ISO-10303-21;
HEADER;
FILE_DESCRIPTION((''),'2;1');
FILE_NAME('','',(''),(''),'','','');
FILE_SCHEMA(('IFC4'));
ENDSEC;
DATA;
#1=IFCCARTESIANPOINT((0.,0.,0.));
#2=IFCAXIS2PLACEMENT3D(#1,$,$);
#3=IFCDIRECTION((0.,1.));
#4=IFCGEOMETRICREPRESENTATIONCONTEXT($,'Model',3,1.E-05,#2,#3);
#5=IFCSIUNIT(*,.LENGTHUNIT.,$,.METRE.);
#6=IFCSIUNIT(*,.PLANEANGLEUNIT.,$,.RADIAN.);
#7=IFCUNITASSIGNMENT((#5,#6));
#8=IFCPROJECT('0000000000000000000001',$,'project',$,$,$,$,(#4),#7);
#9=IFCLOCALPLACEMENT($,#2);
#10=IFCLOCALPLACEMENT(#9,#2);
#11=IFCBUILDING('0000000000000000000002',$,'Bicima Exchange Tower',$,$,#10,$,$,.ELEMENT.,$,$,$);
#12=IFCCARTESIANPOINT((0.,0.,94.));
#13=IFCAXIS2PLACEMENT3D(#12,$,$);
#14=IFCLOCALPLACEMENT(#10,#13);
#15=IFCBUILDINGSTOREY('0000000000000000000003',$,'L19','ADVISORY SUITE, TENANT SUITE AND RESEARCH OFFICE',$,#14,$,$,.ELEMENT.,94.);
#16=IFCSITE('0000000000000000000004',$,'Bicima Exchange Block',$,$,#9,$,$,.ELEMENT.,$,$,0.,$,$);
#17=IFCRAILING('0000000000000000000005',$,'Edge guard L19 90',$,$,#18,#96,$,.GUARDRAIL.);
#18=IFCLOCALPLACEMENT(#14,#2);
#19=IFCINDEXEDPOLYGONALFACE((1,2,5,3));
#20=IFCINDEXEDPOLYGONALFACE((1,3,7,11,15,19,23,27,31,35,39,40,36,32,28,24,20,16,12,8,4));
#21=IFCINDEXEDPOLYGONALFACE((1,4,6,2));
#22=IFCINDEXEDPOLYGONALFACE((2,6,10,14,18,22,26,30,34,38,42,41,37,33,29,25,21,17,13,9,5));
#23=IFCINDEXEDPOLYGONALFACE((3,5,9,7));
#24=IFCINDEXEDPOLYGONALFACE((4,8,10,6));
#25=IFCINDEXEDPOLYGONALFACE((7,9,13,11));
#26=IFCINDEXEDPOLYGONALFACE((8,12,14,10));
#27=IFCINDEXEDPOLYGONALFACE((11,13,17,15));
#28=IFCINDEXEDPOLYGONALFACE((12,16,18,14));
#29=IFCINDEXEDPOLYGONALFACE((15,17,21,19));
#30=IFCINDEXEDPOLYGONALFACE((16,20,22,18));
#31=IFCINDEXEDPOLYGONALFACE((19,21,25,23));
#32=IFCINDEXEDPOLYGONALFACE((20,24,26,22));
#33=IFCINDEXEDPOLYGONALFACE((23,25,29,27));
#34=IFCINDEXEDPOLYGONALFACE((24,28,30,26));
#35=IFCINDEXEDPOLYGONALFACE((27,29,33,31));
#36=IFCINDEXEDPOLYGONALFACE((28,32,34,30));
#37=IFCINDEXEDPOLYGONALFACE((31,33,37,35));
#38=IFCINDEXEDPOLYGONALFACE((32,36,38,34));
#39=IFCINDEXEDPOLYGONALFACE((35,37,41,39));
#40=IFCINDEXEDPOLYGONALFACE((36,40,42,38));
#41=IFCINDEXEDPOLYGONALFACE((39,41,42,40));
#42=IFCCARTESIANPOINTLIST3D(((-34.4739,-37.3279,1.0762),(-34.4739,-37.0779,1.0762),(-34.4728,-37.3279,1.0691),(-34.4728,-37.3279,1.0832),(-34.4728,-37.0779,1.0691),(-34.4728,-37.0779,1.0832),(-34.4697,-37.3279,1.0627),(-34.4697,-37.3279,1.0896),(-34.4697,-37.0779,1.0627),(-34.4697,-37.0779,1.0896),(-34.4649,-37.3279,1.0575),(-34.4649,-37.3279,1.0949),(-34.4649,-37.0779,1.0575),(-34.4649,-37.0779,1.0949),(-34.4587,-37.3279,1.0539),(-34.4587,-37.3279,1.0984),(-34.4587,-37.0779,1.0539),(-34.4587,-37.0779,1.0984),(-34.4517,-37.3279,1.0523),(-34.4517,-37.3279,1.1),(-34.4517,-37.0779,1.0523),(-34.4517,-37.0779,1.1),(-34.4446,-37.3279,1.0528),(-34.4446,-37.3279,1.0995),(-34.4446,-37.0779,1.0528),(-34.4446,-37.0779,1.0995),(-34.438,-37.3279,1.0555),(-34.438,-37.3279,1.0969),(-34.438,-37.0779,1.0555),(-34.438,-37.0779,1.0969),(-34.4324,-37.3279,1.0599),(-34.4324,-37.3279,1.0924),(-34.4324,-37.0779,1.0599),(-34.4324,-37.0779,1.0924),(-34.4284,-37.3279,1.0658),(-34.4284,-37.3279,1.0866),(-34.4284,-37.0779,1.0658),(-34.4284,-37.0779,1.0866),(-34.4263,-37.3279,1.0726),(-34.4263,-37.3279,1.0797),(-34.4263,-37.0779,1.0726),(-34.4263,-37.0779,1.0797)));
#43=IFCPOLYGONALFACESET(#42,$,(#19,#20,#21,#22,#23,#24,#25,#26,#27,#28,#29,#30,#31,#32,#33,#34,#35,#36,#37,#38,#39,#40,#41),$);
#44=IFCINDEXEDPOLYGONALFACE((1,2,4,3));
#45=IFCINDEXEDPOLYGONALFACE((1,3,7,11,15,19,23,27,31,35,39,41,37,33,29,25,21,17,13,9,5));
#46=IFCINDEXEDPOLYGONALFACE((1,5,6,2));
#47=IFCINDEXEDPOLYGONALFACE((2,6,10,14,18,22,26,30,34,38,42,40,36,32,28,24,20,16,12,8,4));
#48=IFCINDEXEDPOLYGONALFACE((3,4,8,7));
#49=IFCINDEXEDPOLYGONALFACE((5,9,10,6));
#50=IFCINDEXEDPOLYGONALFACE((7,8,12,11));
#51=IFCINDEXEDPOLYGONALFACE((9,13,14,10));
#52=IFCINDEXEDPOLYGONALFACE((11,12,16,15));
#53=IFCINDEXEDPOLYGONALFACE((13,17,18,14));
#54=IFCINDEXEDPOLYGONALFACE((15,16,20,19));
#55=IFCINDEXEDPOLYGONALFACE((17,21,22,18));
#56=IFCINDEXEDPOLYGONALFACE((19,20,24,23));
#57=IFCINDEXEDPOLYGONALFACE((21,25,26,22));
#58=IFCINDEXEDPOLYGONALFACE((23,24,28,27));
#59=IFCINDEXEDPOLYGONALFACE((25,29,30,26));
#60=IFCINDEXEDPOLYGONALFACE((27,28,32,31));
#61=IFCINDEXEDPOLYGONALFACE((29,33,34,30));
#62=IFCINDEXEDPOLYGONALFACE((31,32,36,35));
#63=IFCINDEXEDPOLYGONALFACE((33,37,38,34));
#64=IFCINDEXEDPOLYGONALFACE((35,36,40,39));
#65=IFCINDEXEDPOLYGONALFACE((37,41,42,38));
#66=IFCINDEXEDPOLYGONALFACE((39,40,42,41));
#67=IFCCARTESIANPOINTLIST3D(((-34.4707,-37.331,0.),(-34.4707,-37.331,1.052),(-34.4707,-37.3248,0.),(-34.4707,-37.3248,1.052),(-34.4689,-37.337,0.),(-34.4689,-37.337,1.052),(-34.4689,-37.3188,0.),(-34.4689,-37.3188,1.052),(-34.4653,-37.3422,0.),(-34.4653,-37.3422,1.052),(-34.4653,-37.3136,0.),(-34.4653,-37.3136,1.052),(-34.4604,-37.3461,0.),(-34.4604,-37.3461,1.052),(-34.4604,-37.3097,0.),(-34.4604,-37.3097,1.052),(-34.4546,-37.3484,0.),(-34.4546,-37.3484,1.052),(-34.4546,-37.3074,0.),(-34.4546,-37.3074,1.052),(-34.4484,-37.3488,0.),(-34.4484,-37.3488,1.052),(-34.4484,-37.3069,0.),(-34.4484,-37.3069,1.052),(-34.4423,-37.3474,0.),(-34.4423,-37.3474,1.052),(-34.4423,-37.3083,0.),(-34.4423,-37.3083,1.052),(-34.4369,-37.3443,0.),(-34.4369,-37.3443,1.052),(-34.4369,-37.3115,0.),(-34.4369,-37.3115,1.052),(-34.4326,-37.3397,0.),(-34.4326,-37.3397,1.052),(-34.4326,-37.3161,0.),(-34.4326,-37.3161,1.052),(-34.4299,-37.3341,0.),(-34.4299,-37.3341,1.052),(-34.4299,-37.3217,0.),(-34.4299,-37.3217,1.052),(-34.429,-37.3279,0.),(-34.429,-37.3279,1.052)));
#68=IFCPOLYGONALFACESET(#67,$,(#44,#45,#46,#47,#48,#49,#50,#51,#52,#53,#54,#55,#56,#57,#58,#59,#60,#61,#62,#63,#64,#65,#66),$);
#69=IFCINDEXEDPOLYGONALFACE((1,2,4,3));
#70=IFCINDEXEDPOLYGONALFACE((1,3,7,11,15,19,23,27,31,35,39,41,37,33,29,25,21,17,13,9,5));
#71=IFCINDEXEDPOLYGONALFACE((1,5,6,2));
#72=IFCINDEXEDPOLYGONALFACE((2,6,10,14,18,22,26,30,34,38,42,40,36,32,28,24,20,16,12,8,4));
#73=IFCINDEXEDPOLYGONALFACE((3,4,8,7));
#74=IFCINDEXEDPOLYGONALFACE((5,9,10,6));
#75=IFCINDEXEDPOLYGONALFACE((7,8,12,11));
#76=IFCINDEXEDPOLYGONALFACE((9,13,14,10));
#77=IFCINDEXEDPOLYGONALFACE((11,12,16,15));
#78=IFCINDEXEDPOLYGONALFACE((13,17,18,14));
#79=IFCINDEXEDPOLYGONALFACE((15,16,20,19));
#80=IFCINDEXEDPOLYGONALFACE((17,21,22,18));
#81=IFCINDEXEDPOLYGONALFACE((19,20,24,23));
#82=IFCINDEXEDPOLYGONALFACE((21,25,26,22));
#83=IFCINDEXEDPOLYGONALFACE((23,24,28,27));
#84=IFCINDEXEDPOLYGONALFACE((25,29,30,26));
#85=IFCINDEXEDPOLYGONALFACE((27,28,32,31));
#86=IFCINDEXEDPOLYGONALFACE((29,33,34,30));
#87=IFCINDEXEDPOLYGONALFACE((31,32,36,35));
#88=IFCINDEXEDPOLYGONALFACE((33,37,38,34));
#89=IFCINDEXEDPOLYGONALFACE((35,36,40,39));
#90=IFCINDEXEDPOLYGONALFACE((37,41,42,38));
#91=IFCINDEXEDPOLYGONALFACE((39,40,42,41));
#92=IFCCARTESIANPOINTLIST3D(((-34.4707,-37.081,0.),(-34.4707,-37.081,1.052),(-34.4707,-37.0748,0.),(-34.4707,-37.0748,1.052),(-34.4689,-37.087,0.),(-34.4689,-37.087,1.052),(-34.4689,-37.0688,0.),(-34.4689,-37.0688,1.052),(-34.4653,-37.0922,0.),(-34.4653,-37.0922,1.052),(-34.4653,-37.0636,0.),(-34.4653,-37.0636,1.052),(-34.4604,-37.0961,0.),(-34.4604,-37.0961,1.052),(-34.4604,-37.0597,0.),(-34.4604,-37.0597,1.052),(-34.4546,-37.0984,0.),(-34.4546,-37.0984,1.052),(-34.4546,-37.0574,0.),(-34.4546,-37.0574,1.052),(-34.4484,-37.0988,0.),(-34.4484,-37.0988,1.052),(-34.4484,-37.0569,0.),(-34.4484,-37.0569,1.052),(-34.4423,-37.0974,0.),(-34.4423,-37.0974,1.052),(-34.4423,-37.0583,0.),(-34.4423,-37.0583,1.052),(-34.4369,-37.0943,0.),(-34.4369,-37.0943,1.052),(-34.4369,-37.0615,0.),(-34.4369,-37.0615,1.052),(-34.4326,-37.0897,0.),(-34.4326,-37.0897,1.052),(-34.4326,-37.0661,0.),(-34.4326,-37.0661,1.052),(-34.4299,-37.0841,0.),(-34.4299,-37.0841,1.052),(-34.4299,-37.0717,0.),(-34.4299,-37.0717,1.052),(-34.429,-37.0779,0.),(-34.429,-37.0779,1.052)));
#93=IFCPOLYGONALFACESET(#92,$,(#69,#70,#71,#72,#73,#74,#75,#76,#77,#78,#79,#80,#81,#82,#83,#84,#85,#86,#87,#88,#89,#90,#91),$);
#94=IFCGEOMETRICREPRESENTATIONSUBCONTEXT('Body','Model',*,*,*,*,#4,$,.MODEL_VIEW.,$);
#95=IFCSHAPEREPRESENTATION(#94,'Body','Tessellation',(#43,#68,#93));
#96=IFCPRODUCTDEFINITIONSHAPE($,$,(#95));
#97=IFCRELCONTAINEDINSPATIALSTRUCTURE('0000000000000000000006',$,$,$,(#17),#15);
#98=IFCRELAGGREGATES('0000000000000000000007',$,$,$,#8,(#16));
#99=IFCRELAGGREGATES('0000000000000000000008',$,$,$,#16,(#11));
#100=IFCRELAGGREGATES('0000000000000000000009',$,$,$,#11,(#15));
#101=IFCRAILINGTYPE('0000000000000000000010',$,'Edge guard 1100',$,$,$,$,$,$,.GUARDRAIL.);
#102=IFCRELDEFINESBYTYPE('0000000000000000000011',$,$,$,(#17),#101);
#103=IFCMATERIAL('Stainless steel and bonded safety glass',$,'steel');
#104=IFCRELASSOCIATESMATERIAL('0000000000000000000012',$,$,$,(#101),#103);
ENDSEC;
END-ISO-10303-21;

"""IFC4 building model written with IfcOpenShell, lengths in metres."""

from ifc_helpers import new_model, si_unit, direction, frame, origin, origin_2d, place, context, subcontext, project, spatial, circle, extrude, material, type_object, element, save


model = new_model("IFC4")

# Units and contexts
model_context = context("Model", 3, precision=1e-05, world=origin(), true_north=direction((0.0, 1.0)))
body_context = subcontext(model_context, "Body", "Model", "MODEL_VIEW")
ifc_project = project(units=[si_unit("LENGTHUNIT", "METRE"), si_unit("PLANEANGLEUNIT", "RADIAN")], contexts=[model_context])

# Site, building, storey
site_placement = place(None, origin())
site = spatial("IfcSite", under=ifc_project, at=site_placement, Name="Bicima Exchange Block", CompositionType="ELEMENT", RefElevation=0.0)
building_placement = place(site_placement, origin())
building = spatial("IfcBuilding", under=site, at=building_placement, Name="Bicima Exchange Tower", CompositionType="ELEMENT")
storey_placement = place(building_placement, frame((0.0, 0.0, 94.0)))
storey = spatial("IfcBuildingStorey", under=building, at=storey_placement, Name="L19", Description="ADVISORY SUITE, TENANT SUITE AND RESEARCH OFFICE", CompositionType="ELEMENT", Elevation=94.0)

# Railing
ifc_material_1 = material(Name="Stainless steel and bonded safety glass", Category="steel")
railing_type = type_object("IfcRailingType", Name="Edge guard 1100", PredefinedType="GUARDRAIL", material=ifc_material_1)
railing_1_placement = place(storey_placement, frame((-34.45, -37.3279, 0.0)))
element("IfcRailing", 1, at=railing_1_placement, inside=storey, type_object=railing_type, Name="Edge guard L19 90", PredefinedType="GUARDRAIL", context=body_context, shape_type="SweptSolid", body=[
    extrude(circle(Radius=0.0239, at=origin_2d()), frame((0.0, 0.0, 1.0762), z_axis=(0.0, 1.0, 0.0), x_axis=(-1.0, 0.0, 0.0)), (0.0, 0.0, 1.0), 0.25),
    extrude(circle(Radius=0.021, at=origin_2d()), origin(), (0.0, 0.0, 1.0), 1.052),
    extrude(circle(Radius=0.021, at=origin_2d()), frame((0.0, 0.25, 0.0)), (0.0, 0.0, 1.0), 1.052),
])

save(model, "model.ifc")
